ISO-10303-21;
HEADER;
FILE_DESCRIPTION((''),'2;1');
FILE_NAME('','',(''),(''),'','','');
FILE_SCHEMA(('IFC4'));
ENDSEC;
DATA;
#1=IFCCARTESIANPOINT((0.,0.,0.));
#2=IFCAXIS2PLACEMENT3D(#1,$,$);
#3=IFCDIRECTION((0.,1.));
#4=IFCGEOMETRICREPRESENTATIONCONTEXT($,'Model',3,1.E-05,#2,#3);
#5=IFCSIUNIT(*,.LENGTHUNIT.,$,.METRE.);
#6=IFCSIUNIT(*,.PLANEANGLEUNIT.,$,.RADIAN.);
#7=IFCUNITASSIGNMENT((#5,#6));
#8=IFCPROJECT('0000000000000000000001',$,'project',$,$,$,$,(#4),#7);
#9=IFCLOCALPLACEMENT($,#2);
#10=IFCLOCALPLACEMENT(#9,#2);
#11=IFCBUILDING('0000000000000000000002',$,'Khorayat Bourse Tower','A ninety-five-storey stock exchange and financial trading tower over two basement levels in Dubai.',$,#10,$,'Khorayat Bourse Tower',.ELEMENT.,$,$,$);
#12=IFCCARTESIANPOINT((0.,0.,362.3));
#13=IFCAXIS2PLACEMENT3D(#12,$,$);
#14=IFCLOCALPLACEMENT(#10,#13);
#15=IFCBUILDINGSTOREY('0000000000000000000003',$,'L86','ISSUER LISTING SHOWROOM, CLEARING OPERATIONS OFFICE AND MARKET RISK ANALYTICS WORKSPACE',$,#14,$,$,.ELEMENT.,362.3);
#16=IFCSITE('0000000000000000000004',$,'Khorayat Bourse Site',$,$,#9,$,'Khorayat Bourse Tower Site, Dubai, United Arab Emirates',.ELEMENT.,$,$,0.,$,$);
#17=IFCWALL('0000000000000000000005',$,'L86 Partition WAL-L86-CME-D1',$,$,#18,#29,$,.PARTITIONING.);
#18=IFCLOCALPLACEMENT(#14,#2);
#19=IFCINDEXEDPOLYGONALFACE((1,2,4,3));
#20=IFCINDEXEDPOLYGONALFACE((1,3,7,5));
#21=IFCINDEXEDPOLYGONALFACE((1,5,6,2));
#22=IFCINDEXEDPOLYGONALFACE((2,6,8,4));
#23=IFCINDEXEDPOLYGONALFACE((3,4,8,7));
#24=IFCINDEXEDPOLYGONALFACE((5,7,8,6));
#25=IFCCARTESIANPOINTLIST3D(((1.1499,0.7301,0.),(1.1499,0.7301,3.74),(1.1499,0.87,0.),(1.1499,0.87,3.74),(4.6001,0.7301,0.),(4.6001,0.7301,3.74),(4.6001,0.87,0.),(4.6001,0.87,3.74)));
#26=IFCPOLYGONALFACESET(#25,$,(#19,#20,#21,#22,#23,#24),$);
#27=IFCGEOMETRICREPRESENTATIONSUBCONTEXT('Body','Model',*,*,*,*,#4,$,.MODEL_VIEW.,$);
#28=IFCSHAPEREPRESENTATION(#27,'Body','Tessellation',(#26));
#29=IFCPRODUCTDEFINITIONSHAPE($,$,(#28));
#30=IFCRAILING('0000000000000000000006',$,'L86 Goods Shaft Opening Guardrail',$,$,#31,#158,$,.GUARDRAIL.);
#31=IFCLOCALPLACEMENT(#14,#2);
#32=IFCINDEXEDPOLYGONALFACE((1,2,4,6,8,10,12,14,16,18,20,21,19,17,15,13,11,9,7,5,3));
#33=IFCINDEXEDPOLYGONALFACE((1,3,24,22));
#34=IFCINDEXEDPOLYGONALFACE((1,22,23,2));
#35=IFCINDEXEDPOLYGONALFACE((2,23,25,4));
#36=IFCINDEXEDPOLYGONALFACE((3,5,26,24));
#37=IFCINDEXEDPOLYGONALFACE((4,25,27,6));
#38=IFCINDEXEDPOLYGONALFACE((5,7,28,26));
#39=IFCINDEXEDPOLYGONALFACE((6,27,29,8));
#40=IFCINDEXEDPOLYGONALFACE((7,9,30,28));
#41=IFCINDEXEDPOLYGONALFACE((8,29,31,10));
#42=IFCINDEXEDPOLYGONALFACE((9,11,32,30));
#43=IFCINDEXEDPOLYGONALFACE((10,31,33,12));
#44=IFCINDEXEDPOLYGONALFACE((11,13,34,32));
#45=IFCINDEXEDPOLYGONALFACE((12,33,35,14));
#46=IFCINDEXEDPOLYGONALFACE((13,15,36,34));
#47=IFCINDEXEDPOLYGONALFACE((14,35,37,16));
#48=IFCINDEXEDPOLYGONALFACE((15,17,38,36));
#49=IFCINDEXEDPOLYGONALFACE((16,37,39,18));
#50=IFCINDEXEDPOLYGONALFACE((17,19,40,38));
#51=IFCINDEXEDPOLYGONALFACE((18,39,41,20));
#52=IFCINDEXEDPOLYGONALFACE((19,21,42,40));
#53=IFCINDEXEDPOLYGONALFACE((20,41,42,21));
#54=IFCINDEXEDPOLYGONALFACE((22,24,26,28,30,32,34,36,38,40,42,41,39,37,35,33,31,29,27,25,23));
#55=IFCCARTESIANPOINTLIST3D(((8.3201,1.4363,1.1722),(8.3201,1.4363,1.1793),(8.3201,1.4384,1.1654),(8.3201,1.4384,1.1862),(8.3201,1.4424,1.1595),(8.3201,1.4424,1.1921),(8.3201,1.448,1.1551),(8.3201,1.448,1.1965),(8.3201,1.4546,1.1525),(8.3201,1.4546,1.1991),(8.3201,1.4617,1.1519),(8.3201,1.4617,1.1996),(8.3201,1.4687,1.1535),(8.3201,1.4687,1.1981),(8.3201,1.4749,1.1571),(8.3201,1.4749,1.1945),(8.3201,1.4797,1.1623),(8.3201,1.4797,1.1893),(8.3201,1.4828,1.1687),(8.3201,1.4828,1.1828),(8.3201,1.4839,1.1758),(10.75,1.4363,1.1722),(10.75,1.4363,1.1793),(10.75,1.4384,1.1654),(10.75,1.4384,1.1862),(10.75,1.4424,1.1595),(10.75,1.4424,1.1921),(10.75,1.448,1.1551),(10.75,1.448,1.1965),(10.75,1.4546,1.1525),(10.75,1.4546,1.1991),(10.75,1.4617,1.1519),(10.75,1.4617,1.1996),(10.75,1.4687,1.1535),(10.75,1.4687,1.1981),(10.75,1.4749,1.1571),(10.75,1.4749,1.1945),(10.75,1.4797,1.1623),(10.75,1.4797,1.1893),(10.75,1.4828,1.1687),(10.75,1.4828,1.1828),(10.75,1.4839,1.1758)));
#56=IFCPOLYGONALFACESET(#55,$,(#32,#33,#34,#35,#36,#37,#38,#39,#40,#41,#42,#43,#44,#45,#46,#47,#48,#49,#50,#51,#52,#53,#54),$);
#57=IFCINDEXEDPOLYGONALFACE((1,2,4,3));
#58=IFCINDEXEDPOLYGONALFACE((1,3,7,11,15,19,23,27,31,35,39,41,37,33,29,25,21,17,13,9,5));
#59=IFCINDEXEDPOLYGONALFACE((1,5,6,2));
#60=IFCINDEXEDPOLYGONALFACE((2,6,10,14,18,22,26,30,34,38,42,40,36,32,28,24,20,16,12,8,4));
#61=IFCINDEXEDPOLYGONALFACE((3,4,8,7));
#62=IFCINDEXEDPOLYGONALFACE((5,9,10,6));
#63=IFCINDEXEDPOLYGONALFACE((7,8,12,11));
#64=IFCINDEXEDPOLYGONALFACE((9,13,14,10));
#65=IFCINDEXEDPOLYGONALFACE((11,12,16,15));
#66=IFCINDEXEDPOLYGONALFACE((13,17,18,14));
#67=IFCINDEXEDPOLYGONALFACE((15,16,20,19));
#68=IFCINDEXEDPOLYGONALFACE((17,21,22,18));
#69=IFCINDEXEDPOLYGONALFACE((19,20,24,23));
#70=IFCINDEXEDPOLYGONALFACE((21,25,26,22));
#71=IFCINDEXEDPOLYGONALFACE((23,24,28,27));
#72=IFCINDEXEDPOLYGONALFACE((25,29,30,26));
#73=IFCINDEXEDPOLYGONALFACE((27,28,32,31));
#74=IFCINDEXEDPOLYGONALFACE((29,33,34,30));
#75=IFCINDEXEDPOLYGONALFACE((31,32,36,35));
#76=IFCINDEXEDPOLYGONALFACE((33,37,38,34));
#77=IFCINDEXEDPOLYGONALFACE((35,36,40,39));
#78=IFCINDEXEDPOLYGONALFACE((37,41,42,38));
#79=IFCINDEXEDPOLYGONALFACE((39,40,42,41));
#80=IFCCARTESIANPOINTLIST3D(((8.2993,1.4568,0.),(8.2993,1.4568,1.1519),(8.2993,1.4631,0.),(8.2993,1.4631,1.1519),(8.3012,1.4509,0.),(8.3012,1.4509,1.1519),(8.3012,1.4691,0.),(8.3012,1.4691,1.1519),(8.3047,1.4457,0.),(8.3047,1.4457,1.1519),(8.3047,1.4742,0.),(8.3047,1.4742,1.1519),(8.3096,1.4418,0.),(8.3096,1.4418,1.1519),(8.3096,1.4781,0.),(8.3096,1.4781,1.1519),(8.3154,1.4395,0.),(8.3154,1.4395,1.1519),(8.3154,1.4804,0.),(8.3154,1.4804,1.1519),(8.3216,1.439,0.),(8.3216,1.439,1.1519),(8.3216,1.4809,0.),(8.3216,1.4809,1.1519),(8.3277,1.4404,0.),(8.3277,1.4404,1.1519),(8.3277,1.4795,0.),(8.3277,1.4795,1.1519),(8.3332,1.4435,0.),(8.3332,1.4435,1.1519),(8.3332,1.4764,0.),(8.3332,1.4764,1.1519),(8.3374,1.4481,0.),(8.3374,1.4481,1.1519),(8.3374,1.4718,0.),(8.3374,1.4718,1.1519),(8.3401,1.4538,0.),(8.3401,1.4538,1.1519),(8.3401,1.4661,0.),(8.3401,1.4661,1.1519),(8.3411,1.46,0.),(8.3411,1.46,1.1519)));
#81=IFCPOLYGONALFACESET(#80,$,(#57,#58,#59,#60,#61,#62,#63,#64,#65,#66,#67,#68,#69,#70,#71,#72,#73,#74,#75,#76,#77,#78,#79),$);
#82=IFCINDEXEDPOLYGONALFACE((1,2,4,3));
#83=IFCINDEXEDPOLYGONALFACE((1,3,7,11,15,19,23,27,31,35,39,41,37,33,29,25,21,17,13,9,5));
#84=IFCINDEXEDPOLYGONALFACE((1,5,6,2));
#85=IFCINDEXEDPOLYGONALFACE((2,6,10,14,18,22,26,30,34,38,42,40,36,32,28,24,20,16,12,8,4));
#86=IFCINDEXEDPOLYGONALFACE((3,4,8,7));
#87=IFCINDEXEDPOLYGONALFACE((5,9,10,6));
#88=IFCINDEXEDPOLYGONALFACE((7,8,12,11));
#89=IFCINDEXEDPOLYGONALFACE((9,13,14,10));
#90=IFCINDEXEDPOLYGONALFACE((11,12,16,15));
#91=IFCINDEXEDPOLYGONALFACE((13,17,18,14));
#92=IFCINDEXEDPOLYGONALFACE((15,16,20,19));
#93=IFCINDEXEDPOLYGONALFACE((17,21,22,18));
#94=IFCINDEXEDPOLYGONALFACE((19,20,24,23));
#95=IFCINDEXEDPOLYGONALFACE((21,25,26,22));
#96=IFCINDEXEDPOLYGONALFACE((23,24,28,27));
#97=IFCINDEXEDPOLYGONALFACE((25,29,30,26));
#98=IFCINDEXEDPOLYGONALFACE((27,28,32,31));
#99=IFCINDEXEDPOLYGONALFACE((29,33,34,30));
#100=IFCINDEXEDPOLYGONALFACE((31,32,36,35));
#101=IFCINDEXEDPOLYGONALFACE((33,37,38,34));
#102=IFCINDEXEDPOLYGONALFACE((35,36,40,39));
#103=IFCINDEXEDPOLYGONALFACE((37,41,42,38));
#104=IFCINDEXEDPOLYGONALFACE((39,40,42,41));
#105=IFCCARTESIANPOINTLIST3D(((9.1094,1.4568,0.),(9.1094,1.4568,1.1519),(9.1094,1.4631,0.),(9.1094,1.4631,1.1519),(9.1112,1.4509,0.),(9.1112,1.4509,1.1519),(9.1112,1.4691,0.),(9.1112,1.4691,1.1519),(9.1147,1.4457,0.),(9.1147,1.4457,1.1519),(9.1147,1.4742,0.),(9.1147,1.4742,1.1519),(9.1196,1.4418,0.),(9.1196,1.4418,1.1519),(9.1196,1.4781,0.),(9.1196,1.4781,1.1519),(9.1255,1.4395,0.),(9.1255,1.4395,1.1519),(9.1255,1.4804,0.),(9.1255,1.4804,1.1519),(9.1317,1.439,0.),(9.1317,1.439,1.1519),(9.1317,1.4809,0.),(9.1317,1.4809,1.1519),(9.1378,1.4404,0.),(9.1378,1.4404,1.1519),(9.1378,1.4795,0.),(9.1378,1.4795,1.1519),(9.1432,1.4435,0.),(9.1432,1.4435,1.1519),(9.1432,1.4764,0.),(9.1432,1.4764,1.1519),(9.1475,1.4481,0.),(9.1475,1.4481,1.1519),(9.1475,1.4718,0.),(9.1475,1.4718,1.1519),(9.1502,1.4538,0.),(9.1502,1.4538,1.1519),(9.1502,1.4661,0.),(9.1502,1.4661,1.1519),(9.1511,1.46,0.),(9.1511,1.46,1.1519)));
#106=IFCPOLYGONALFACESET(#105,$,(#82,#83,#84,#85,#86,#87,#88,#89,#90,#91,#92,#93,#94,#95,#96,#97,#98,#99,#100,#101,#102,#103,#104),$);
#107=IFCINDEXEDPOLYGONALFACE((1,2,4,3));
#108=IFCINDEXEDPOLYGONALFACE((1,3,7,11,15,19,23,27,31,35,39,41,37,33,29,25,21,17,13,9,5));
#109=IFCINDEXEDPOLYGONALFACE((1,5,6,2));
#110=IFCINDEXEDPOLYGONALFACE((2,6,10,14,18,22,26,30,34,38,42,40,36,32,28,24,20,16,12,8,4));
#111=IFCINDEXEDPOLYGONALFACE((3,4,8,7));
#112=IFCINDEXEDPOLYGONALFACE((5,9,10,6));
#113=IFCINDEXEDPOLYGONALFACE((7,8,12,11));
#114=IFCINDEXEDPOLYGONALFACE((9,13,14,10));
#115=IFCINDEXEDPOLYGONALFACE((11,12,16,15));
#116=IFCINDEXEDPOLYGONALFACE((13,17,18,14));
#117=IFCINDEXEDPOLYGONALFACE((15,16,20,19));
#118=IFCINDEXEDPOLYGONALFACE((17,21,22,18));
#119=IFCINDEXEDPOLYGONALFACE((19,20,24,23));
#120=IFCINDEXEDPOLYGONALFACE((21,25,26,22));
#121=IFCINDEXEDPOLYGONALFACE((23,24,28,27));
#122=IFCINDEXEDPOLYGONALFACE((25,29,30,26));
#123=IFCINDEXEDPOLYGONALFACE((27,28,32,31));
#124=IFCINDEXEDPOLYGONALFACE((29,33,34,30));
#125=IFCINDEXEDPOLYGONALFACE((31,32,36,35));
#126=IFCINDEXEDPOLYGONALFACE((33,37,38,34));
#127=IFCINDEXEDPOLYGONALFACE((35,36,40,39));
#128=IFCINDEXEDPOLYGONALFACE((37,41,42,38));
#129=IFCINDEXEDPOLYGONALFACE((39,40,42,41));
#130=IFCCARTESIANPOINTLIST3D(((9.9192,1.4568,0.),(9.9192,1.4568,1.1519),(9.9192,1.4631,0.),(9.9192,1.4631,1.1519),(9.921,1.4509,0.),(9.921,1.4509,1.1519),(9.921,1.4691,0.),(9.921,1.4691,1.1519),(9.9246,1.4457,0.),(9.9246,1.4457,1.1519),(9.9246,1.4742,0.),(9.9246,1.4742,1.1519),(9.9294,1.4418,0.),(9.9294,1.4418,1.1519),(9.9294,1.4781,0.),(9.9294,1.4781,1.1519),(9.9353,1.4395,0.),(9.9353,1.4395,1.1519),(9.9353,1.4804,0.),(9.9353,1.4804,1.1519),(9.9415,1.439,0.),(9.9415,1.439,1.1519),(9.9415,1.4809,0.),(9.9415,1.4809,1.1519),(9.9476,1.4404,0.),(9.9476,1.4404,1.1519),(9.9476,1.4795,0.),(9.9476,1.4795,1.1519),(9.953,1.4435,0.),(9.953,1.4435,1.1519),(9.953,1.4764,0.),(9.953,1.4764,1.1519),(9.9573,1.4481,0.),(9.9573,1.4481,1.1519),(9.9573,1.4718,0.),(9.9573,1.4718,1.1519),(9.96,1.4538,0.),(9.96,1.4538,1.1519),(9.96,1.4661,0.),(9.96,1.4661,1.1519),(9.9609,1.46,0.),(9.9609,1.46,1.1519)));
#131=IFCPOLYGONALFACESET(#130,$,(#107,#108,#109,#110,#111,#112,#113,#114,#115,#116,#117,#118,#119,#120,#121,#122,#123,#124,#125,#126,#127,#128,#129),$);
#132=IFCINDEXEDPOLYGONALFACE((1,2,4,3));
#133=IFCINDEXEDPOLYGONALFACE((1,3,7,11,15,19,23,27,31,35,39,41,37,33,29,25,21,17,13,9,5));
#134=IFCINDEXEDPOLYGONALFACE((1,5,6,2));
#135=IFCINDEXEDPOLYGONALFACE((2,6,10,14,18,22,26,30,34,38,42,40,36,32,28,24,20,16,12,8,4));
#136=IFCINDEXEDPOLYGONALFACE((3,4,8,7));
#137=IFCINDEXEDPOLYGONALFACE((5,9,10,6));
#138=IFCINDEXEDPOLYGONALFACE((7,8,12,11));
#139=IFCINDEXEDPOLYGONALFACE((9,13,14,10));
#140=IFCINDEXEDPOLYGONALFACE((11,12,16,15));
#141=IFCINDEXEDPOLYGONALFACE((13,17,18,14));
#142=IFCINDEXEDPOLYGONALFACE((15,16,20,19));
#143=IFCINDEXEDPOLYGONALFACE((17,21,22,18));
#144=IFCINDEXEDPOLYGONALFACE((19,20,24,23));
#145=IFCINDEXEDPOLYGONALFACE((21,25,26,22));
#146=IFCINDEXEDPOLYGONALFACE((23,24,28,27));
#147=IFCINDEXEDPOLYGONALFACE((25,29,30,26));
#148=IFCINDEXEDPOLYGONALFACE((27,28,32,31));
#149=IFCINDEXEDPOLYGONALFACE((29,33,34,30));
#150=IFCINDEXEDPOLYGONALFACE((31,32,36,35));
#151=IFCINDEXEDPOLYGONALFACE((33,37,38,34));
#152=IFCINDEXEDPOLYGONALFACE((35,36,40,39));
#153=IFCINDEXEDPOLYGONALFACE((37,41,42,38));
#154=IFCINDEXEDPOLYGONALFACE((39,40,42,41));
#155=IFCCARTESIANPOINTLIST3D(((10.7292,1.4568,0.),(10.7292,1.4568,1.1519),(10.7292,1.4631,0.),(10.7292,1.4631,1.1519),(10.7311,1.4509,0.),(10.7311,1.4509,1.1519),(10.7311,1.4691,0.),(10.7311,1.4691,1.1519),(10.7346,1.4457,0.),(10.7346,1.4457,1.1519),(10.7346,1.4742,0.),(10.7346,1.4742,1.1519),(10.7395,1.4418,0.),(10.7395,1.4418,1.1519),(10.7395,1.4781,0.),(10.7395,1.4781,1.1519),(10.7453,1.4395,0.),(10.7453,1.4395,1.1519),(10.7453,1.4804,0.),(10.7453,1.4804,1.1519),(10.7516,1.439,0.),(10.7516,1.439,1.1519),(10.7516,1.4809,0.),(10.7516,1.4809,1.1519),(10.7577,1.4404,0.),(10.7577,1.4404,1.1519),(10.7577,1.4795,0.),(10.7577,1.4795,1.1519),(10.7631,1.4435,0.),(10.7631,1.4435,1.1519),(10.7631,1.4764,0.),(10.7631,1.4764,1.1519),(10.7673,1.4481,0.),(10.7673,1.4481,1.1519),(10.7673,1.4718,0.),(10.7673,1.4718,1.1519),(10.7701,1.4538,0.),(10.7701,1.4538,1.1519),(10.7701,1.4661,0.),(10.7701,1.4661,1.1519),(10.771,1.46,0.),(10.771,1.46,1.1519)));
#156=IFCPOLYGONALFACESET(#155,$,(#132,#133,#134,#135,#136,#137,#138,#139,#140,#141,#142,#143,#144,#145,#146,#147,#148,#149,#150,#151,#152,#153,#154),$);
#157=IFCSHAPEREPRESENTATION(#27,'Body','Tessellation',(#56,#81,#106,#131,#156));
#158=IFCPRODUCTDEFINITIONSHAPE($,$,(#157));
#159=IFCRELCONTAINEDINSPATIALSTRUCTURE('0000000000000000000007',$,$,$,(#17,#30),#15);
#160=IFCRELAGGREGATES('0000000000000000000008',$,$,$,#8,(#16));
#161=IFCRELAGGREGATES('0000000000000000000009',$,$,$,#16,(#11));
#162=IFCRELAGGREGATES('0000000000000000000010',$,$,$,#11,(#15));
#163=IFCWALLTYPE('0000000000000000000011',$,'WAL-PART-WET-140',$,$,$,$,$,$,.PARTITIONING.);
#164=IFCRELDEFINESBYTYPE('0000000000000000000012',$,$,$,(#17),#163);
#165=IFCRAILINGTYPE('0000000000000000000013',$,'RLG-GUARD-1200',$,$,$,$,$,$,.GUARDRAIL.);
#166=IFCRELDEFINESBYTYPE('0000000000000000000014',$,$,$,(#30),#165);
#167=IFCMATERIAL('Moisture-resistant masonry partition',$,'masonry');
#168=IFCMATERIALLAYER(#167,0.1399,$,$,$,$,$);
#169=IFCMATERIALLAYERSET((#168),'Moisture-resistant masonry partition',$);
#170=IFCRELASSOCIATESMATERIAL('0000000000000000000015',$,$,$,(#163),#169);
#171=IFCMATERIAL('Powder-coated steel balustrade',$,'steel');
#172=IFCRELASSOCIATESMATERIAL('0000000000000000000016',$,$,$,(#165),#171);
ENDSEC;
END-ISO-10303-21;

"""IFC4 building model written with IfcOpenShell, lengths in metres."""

from ifc_helpers import new_model, si_unit, direction, frame, frame_2d, origin, origin_2d, place, context, subcontext, project, spatial, rectangle, circle, extrude, source, transform, mapped, material, layer, layer_set, type_object, element, save


model = new_model("IFC4")

# Units and contexts
model_context = context("Model", 3, precision=1e-05, world=origin(), true_north=direction((0.0, 1.0)))
body_context = subcontext(model_context, "Body", "Model", "MODEL_VIEW")
ifc_project = project(units=[si_unit("LENGTHUNIT", "METRE"), si_unit("PLANEANGLEUNIT", "RADIAN")], contexts=[model_context])

# Site, building, storey
site_placement = place(None, origin())
site = spatial("IfcSite", under=ifc_project, at=site_placement, Name="Khorayat Bourse Site", LongName="Khorayat Bourse Tower Site, Dubai, United Arab Emirates", CompositionType="ELEMENT", RefElevation=0.0)
building_placement = place(site_placement, origin())
building = spatial("IfcBuilding", under=site, at=building_placement, Name="Khorayat Bourse Tower", Description="A ninety-five-storey stock exchange and financial trading tower over two basement levels in Dubai.", LongName="Khorayat Bourse Tower", CompositionType="ELEMENT")
storey_placement = place(building_placement, frame((0.0, 0.0, 362.3)))
storey = spatial("IfcBuildingStorey", under=building, at=storey_placement, Name="L86", Description="ISSUER LISTING SHOWROOM, CLEARING OPERATIONS OFFICE AND MARKET RISK ANALYTICS WORKSPACE", CompositionType="ELEMENT", Elevation=362.3)

# Shared definitions
ifc_material_1 = material(Name="Moisture-resistant masonry partition", Category="masonry")
ifc_layer_1 = layer(ifc_material_1, 0.1399)
ifc_layer_set_1 = layer_set([ifc_layer_1], Name="Moisture-resistant masonry partition")
wall_type_1 = type_object("IfcWallType", Name="WAL-PART-WET-140", PredefinedType="PARTITIONING", material=ifc_layer_set_1)

# Wall
shared_shape_1 = source(origin(), body_context, "Body", "SweptSolid", [
    extrude(rectangle(XDim=3.4502, YDim=0.1399, at=frame_2d((1.7251, 0.0))), origin(), (0.0, 0.0, 1.0), 3.74),
])
for number, where, z_axis, x_axis, name in (
    (1, (1.1499, 0.8, 0.0), (0.0, 0.0, 1.0), (1.0, 0.0, 0.0), "L86 Partition WAL-L86-CME-D1"),
):
    element("IfcWall", number, at=place(storey_placement, frame(where, z_axis=z_axis, x_axis=x_axis)), inside=storey, type_object=wall_type_1, Name=name, PredefinedType="PARTITIONING", context=body_context, shape_type="MappedRepresentation", body=[
        mapped(shared_shape_1, transform((0.0, 0.0, 0.0), scale=1.0)),
    ])

# Railing
ifc_material_2 = material(Name="Powder-coated steel balustrade", Category="steel")
railing_type = type_object("IfcRailingType", Name="RLG-GUARD-1200", PredefinedType="GUARDRAIL", material=ifc_material_2)
shared_shape_2 = source(origin(), body_context, "Body", "SweptSolid", [
    extrude(circle(Radius=0.0239, at=origin_2d()), frame((0.0, 0.0, 1.1758), z_axis=(1.0, 0.0, 0.0), x_axis=(0.0, 1.0, 0.0)), (0.0, 0.0, 1.0), 2.4299),
    extrude(circle(Radius=0.021, at=origin_2d()), origin(), (0.0, 0.0, 1.0), 1.1519),
    extrude(circle(Radius=0.021, at=origin_2d()), frame((0.8101, 0.0, 0.0)), (0.0, 0.0, 1.0), 1.1519),
    extrude(circle(Radius=0.021, at=origin_2d()), frame((1.6199, 0.0, 0.0)), (0.0, 0.0, 1.0), 1.1519),
    extrude(circle(Radius=0.021, at=origin_2d()), frame((2.4299, 0.0, 0.0)), (0.0, 0.0, 1.0), 1.1519),
])
railing_placement = place(storey_placement, frame((8.3201, 1.46, 0.0)))
element("IfcRailing", 2, at=railing_placement, inside=storey, type_object=railing_type, Name="L86 Goods Shaft Opening Guardrail", PredefinedType="GUARDRAIL", context=body_context, shape_type="MappedRepresentation", body=[
    mapped(shared_shape_2, transform((0.0, 0.0, 0.0), scale=1.0)),
])

save(model, "model.ifc")
